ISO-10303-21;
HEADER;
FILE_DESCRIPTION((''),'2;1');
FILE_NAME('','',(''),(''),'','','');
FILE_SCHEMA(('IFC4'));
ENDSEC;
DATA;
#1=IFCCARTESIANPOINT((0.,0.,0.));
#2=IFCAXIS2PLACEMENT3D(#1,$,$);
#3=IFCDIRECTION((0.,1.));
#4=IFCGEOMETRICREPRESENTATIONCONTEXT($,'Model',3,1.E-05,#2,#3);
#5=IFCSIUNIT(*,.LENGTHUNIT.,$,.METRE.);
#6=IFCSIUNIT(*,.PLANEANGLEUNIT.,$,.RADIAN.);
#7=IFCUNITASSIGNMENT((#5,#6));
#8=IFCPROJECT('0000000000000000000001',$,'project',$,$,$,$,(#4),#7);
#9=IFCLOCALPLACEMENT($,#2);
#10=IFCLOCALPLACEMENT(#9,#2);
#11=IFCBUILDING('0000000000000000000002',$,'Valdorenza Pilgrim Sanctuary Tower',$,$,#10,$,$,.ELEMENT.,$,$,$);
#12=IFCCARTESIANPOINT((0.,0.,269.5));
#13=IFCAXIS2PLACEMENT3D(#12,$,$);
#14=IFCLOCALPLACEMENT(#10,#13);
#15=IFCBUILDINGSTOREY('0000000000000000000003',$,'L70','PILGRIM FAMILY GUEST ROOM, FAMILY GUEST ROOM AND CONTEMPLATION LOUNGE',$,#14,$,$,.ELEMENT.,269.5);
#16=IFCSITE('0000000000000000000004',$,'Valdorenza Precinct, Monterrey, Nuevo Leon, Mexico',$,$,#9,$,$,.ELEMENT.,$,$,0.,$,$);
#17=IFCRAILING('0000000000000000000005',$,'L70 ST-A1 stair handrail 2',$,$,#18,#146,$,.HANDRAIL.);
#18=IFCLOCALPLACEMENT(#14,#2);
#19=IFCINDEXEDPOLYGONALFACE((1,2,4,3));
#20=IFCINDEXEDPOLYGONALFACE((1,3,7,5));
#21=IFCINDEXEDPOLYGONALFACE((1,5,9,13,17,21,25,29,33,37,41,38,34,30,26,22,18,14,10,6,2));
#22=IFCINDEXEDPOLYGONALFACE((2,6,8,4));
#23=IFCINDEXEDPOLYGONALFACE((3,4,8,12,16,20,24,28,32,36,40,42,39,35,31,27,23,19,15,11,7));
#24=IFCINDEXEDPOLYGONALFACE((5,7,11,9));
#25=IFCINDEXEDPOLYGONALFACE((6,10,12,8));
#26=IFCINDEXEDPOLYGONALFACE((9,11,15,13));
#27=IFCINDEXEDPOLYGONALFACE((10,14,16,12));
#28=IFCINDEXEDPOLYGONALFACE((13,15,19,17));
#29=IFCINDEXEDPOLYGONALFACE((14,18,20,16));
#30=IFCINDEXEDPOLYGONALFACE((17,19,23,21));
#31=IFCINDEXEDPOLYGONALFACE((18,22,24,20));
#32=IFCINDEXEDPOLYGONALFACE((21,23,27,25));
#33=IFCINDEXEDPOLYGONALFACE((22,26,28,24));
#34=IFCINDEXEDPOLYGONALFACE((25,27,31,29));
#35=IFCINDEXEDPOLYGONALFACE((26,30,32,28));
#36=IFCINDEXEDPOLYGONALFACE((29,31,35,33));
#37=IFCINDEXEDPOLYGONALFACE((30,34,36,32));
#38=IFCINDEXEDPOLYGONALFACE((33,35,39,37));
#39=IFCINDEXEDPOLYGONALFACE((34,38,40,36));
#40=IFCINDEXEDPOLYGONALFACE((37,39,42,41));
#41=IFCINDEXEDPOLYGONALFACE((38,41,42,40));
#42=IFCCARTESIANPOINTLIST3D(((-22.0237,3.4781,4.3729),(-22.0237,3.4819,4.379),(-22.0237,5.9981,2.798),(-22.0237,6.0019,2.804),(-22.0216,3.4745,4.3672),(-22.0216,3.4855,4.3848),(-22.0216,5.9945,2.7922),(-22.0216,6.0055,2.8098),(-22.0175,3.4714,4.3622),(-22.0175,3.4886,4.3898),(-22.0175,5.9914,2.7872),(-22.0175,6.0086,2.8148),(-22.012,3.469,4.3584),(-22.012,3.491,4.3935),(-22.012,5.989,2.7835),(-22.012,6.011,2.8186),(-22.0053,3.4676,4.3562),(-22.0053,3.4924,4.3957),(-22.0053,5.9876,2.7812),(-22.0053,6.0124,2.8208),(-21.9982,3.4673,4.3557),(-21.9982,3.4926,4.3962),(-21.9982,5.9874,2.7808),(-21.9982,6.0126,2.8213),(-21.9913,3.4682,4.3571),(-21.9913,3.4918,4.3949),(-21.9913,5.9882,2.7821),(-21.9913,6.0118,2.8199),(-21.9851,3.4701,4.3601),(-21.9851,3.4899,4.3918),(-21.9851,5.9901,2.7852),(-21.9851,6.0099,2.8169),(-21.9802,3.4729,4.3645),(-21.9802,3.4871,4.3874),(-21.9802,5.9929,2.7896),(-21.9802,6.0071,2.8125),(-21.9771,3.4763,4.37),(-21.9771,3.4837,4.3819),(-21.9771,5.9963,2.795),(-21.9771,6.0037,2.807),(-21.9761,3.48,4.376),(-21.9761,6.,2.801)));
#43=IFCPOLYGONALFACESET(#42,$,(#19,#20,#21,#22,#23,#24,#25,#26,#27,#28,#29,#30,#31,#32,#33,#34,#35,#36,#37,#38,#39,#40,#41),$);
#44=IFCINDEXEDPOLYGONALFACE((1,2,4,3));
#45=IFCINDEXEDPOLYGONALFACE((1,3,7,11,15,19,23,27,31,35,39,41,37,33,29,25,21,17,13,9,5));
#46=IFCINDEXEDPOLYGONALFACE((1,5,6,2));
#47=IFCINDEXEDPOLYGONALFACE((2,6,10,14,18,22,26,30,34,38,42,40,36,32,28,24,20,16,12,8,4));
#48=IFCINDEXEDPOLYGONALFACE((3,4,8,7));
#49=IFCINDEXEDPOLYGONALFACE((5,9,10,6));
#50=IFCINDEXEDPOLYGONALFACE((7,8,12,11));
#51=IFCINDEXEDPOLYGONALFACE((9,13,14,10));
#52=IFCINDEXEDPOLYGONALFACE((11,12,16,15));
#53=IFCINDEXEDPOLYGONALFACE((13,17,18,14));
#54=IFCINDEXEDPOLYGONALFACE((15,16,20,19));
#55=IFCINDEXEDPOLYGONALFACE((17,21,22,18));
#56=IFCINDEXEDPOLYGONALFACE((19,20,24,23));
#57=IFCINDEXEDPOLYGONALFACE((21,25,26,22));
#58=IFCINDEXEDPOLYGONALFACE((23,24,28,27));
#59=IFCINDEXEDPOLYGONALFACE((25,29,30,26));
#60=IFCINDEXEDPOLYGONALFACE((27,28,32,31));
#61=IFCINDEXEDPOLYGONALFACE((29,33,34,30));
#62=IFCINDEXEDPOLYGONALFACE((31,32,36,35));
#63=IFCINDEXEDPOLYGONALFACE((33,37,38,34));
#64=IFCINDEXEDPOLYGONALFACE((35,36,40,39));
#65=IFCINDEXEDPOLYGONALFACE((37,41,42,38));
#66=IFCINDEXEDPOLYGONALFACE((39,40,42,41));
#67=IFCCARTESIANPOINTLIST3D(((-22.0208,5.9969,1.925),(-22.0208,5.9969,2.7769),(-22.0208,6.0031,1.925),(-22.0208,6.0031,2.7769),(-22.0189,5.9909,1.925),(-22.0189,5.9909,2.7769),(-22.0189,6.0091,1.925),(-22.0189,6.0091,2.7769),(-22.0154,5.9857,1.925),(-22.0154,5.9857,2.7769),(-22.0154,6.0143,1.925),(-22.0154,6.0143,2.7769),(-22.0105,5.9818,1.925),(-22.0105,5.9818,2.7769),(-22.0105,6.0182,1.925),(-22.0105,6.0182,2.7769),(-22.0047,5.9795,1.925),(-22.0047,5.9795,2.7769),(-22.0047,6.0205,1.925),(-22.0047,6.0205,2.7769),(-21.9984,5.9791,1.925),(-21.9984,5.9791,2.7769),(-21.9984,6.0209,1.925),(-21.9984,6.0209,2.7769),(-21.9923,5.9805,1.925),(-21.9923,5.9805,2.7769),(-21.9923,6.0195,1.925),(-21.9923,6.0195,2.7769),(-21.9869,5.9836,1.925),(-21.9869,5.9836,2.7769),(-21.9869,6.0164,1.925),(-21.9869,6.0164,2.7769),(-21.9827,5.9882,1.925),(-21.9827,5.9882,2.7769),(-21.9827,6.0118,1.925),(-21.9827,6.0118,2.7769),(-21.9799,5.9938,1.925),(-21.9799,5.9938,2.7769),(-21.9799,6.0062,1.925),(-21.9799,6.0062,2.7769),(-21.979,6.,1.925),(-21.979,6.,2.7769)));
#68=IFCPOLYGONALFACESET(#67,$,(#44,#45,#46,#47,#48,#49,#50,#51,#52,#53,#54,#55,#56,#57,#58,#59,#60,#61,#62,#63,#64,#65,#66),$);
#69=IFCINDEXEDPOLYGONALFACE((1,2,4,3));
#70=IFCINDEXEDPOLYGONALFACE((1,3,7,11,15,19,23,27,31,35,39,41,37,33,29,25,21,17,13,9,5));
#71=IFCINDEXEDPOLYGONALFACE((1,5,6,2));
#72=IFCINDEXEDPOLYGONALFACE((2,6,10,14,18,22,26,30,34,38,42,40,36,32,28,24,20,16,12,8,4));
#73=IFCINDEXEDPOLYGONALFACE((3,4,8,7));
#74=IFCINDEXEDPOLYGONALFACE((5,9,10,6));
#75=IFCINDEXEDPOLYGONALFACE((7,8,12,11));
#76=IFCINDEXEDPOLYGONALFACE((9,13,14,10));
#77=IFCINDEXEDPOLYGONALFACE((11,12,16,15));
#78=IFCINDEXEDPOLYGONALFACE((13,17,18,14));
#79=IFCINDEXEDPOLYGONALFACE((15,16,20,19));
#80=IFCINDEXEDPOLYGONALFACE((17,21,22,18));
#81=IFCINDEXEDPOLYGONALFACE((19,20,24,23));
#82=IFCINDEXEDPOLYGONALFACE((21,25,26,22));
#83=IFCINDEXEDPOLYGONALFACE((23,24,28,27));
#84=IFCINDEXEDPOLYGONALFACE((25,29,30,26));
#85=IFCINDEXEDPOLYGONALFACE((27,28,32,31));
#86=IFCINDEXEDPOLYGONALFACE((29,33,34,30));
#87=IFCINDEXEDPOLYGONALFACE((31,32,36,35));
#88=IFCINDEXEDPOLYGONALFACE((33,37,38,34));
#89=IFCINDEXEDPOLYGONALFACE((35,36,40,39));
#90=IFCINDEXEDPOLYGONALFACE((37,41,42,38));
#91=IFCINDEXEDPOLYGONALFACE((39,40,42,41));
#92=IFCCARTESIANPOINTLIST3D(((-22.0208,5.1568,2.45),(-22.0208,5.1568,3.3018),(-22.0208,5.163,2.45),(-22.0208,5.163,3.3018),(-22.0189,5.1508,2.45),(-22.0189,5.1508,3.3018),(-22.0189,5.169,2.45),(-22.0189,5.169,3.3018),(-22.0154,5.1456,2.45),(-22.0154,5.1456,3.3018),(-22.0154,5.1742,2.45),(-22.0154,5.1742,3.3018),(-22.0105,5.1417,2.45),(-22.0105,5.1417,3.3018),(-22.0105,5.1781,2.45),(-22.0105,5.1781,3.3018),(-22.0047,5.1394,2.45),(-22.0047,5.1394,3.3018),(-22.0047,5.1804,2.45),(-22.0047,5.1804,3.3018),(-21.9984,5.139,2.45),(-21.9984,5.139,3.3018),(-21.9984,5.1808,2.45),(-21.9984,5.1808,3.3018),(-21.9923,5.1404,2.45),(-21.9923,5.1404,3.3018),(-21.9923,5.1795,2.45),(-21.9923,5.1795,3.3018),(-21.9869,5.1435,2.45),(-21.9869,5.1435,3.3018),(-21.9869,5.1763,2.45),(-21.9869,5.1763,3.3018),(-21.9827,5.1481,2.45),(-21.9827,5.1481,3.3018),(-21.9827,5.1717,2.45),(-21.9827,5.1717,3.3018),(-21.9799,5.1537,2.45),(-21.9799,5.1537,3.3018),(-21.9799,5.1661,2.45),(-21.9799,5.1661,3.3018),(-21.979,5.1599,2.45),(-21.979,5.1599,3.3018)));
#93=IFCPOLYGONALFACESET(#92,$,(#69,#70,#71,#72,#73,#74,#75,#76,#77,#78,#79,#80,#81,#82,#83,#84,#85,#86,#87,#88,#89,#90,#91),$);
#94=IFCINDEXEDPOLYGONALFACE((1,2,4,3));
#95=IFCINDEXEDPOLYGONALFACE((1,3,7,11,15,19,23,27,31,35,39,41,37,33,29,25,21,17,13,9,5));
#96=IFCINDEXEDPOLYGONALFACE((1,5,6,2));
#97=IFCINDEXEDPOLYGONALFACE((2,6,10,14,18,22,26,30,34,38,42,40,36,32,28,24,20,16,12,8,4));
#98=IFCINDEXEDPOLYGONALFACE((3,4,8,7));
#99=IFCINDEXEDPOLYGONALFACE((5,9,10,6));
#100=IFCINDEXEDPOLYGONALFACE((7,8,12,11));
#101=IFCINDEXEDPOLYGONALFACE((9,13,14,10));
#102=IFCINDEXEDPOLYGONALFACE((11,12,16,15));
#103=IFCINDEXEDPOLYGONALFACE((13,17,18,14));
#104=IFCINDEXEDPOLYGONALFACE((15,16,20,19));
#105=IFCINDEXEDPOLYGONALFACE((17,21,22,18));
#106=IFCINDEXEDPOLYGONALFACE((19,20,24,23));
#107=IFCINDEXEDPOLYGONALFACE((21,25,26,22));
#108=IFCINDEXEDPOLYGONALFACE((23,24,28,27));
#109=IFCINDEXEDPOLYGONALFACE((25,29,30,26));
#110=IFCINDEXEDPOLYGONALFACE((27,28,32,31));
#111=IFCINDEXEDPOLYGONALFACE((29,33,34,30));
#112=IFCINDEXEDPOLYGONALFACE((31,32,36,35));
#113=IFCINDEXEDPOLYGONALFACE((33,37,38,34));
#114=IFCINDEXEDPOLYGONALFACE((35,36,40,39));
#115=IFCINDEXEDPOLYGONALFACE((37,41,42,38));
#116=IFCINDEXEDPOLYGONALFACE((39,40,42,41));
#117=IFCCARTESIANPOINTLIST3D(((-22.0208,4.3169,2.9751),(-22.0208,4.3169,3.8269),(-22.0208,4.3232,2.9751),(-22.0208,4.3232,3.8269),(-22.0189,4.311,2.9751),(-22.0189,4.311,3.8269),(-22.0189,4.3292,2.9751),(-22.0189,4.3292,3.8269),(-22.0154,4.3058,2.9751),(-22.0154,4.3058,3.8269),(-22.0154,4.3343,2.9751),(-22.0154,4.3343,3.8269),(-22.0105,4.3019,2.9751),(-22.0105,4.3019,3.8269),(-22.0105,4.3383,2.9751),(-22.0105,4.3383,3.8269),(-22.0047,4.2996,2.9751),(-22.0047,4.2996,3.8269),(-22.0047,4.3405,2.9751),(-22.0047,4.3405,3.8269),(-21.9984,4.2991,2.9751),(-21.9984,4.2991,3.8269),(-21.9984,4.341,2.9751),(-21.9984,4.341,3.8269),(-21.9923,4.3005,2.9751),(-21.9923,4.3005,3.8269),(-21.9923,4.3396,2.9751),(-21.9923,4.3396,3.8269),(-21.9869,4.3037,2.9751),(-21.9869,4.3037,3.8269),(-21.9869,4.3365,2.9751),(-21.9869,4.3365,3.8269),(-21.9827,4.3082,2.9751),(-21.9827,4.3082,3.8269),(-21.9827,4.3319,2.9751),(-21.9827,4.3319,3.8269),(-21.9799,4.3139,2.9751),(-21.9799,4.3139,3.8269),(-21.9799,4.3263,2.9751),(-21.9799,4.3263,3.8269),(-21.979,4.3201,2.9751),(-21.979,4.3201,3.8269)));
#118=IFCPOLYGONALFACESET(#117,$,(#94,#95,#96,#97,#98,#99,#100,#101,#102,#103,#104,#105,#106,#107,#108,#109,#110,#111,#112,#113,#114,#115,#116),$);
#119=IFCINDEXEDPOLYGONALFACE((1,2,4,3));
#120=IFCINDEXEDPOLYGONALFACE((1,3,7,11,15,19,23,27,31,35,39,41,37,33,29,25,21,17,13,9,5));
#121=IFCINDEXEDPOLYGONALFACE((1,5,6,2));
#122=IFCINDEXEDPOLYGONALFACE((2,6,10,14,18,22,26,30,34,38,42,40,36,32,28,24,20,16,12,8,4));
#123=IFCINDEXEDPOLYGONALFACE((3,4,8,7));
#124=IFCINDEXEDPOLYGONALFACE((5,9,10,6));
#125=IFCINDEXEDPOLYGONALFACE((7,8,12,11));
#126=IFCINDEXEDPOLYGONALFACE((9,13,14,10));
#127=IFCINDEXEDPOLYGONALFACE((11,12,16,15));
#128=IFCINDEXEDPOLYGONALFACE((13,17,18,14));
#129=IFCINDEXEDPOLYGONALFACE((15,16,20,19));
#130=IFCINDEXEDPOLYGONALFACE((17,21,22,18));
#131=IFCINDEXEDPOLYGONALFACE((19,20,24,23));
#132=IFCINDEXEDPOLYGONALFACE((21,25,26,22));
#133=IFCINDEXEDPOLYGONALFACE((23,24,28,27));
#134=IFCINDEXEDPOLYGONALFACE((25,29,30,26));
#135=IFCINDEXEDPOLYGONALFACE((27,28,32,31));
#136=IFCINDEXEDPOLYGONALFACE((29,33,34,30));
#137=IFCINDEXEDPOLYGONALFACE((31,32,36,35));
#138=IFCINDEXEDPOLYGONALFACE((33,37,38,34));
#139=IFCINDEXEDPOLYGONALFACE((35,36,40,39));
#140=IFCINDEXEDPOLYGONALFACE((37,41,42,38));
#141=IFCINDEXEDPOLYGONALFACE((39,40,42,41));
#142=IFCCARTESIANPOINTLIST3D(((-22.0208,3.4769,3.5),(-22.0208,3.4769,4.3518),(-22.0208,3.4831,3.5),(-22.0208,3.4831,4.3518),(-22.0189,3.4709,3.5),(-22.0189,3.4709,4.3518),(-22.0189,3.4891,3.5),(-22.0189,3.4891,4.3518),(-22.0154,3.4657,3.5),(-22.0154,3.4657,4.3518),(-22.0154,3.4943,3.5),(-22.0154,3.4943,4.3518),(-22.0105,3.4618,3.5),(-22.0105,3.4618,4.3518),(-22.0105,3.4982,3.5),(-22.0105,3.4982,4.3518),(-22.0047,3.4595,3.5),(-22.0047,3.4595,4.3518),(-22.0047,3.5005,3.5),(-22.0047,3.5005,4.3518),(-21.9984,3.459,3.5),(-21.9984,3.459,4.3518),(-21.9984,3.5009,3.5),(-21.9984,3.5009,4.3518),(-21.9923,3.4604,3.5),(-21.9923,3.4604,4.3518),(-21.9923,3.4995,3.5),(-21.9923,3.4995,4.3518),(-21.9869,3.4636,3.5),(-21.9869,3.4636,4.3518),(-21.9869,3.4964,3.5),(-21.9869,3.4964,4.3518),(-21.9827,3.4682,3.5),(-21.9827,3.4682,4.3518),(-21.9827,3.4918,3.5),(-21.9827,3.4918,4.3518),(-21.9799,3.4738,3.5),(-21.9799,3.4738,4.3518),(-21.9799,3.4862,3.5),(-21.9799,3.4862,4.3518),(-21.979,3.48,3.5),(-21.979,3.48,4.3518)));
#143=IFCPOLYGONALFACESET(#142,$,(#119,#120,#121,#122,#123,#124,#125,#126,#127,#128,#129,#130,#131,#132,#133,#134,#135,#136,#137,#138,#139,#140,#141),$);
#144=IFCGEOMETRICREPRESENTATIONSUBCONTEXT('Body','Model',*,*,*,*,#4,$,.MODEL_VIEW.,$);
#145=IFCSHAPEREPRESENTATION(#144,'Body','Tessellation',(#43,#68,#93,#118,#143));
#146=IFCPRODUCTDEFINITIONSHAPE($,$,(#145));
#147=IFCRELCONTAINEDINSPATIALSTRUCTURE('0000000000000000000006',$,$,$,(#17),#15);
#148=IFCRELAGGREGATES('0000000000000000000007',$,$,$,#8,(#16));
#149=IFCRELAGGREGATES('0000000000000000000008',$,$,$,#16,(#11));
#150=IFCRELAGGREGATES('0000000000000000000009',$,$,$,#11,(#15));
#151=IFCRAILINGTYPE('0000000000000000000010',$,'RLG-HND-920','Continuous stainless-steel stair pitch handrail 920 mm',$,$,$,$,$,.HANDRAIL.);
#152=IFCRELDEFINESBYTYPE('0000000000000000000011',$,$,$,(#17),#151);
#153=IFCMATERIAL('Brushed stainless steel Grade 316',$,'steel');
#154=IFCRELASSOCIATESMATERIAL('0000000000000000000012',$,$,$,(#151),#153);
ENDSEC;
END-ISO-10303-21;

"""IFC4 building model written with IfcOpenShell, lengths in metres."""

from ifc_helpers import new_model, si_unit, direction, frame, origin, origin_2d, place, context, subcontext, project, spatial, circle, extrude, material, type_object, element, save


model = new_model("IFC4")

# Units and contexts
model_context = context("Model", 3, precision=1e-05, world=origin(), true_north=direction((0.0, 1.0)))
body_context = subcontext(model_context, "Body", "Model", "MODEL_VIEW")
ifc_project = project(units=[si_unit("LENGTHUNIT", "METRE"), si_unit("PLANEANGLEUNIT", "RADIAN")], contexts=[model_context])

# Site, building, storey
site_placement = place(None, origin())
site = spatial("IfcSite", under=ifc_project, at=site_placement, Name="Valdorenza Precinct, Monterrey, Nuevo Leon, Mexico", CompositionType="ELEMENT", RefElevation=0.0)
building_placement = place(site_placement, origin())
building = spatial("IfcBuilding", under=site, at=building_placement, Name="Valdorenza Pilgrim Sanctuary Tower", CompositionType="ELEMENT")
storey_placement = place(building_placement, frame((0.0, 0.0, 269.5)))
storey = spatial("IfcBuildingStorey", under=building, at=storey_placement, Name="L70", Description="PILGRIM FAMILY GUEST ROOM, FAMILY GUEST ROOM AND CONTEMPLATION LOUNGE", CompositionType="ELEMENT", Elevation=269.5)

# Shared definitions
ifc_material_1 = material(Name="Brushed stainless steel Grade 316", Category="steel")

# Railing
railing_type_1 = type_object("IfcRailingType", Name="RLG-HND-920", Description="Continuous stainless-steel stair pitch handrail 920 mm", PredefinedType="HANDRAIL", material=ifc_material_1)
railing_1_placement = place(storey_placement, frame((-22.0, 6.0, 1.925)))
element("IfcRailing", 1, at=railing_1_placement, inside=storey, type_object=railing_type_1, Name="L70 ST-A1 stair handrail 2", PredefinedType="HANDRAIL", context=body_context, shape_type="SweptSolid", body=[
    extrude(circle(Radius=0.0239, at=origin_2d()), frame((0.0, 0.0, 0.876), z_axis=(0.0, -0.848008, 0.529984), x_axis=(1.0, 0.0, 0.0)), (0.0, 0.0, 1.0), 2.9717),
    extrude(circle(Radius=0.021, at=origin_2d()), origin(), (0.0, 0.0, 1.0), 0.8518),
    extrude(circle(Radius=0.021, at=origin_2d()), frame((0.0, -0.8401, 0.5249)), (0.0, 0.0, 1.0), 0.8518),
    extrude(circle(Radius=0.021, at=origin_2d()), frame((0.0, -1.6799, 1.05)), (0.0, 0.0, 1.0), 0.8518),
    extrude(circle(Radius=0.021, at=origin_2d()), frame((0.0, -2.52, 1.575)), (0.0, 0.0, 1.0), 0.8518),
])

save(model, "model.ifc")
